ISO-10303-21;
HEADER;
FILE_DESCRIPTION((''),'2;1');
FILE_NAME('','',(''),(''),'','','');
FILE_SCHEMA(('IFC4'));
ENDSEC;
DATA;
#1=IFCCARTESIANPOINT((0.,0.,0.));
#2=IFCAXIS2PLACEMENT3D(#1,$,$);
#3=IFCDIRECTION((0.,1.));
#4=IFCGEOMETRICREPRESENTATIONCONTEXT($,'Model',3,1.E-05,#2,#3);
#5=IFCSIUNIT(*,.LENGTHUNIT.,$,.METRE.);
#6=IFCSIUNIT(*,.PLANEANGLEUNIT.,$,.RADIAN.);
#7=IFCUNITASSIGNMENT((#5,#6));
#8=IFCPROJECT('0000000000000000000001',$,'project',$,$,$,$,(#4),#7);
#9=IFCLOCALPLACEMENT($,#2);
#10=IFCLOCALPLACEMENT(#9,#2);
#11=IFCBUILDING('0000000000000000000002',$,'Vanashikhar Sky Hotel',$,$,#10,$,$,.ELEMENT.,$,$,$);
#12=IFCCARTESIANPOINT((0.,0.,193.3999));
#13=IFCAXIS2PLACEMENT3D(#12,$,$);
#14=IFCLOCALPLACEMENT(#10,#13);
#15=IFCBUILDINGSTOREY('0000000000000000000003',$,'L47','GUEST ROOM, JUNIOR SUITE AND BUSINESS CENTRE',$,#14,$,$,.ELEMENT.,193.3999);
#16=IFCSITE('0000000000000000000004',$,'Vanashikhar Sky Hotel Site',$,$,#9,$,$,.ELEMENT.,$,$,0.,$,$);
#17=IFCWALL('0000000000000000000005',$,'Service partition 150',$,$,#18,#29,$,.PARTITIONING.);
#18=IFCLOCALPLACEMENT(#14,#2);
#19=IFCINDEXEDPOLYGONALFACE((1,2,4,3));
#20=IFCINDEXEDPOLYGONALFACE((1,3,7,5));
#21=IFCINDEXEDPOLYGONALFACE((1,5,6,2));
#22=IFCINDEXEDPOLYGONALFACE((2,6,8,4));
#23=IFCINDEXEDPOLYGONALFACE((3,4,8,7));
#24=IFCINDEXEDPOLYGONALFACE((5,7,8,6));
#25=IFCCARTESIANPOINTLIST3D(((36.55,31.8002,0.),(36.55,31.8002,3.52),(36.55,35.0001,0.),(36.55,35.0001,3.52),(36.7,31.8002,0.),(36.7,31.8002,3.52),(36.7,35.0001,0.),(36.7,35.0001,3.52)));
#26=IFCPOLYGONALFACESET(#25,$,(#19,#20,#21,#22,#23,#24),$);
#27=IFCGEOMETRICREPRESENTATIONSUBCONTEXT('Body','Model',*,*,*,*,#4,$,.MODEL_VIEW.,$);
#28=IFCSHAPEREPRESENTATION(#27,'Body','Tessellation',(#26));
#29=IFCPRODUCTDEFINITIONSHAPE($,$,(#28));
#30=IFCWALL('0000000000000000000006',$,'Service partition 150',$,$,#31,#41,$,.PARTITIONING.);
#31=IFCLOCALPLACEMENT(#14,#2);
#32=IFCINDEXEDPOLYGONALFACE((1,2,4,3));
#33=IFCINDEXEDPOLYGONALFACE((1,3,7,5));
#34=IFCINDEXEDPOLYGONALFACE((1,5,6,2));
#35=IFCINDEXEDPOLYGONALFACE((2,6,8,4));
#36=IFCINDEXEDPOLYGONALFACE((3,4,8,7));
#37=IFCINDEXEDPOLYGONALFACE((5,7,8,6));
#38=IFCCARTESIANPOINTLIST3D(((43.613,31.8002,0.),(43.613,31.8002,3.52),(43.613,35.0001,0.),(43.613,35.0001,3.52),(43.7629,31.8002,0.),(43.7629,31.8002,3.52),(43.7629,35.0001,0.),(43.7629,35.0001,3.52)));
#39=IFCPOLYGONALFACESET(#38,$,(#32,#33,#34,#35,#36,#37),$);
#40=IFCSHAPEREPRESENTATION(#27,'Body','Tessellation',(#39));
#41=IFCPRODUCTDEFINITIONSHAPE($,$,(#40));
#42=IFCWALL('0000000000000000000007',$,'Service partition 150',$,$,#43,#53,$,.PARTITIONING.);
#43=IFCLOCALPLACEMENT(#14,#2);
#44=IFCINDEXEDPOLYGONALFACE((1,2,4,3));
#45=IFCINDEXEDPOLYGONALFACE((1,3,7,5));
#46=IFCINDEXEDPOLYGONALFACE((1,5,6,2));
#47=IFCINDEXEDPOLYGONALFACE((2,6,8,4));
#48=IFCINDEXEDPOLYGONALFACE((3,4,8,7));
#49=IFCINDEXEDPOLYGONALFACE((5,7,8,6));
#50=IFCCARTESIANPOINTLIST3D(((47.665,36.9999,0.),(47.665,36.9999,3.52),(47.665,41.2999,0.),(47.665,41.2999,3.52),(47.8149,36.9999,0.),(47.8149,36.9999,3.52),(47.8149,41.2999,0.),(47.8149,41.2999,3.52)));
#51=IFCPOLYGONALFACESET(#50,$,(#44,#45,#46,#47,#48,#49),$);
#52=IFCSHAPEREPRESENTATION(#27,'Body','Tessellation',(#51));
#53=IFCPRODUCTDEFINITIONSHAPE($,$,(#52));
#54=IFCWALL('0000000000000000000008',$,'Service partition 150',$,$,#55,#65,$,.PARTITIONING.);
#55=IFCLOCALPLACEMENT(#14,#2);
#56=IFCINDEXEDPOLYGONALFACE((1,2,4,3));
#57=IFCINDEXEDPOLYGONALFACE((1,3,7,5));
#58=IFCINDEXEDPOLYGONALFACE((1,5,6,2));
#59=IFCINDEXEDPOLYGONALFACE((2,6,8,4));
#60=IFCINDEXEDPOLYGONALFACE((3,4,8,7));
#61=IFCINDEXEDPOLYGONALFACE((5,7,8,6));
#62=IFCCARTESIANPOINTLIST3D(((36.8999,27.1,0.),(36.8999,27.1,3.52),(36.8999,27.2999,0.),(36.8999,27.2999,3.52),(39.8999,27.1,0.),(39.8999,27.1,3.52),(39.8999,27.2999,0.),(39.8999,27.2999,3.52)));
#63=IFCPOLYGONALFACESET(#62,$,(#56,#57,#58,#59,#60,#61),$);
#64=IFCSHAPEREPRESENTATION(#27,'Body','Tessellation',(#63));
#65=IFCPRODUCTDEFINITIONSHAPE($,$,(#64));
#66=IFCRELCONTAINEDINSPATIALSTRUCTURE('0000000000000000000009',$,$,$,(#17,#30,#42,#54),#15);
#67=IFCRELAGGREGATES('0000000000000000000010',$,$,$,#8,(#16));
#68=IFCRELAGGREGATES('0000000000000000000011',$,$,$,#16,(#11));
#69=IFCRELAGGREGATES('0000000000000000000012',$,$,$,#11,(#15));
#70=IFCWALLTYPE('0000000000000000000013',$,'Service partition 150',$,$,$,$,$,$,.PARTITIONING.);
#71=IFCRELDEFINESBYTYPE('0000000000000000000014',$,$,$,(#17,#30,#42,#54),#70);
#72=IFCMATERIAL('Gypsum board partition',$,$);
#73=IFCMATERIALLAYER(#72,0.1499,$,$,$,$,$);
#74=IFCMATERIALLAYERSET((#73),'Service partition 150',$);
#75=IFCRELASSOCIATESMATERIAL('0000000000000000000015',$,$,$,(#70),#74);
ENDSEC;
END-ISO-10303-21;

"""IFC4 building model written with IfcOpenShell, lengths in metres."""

from ifc_helpers import new_model, si_unit, direction, frame, frame_2d, origin, place, context, subcontext, project, spatial, rectangle, extrude, source, transform, mapped, material, layer, layer_set, type_object, element, save


model = new_model("IFC4")

# Units and contexts
model_context = context("Model", 3, precision=1e-05, world=origin(), true_north=direction((0.0, 1.0)))
body_context = subcontext(model_context, "Body", "Model", "MODEL_VIEW")
ifc_project = project(units=[si_unit("LENGTHUNIT", "METRE"), si_unit("PLANEANGLEUNIT", "RADIAN")], contexts=[model_context])

# Site, building, storey
site_placement = place(None, origin())
site = spatial("IfcSite", under=ifc_project, at=site_placement, Name="Vanashikhar Sky Hotel Site", CompositionType="ELEMENT", RefElevation=0.0)
building_placement = place(site_placement, origin())
building = spatial("IfcBuilding", under=site, at=building_placement, Name="Vanashikhar Sky Hotel", CompositionType="ELEMENT")
storey_placement = place(building_placement, frame((0.0, 0.0, 193.3999)))
storey = spatial("IfcBuildingStorey", under=building, at=storey_placement, Name="L47", Description="GUEST ROOM, JUNIOR SUITE AND BUSINESS CENTRE", CompositionType="ELEMENT", Elevation=193.3999)

# Shared definitions
ifc_material_1 = material(Name="Gypsum board partition")
ifc_layer_1 = layer(ifc_material_1, 0.1499)
ifc_layer_set_1 = layer_set([ifc_layer_1], Name="Service partition 150")
wall_type_1 = type_object("IfcWallType", Name="Service partition 150", PredefinedType="PARTITIONING", material=ifc_layer_set_1)

# Walls
shared_shape_1 = source(origin(), body_context, "Body", "SweptSolid", [
    extrude(rectangle(XDim=3.2, YDim=0.1499, at=frame_2d((1.6001, 0.0))), origin(), (0.0, 0.0, 1.0), 3.52),
])
for number, where, z_axis, x_axis, name in (
    (1, (36.625, 31.8, 0.0), (0.0, 0.0, 1.0), (0.0, 1.0, 0.0), "Service partition 150"),
    (2, (43.688, 31.8, 0.0), (0.0, 0.0, 1.0), (0.0, 1.0, 0.0), "Service partition 150"),
):
    element("IfcWall", number, at=place(storey_placement, frame(where, z_axis=z_axis, x_axis=x_axis)), inside=storey, type_object=wall_type_1, Name=name, PredefinedType="PARTITIONING", context=body_context, shape_type="MappedRepresentation", body=[
        mapped(shared_shape_1, transform((0.0, 0.0, 0.0), scale=1.0)),
    ])
shared_shape_2 = source(origin(), body_context, "Body", "SweptSolid", [
    extrude(rectangle(XDim=4.3, YDim=0.1499, at=frame_2d((2.1499, 0.0))), origin(), (0.0, 0.0, 1.0), 3.52),
])
wall_1_placement = place(storey_placement, frame((47.74, 37.0, 0.0), z_axis=(0.0, 0.0, 1.0), x_axis=(0.0, 1.0, 0.0)))
element("IfcWall", 3, at=wall_1_placement, inside=storey, type_object=wall_type_1, Name="Service partition 150", PredefinedType="PARTITIONING", context=body_context, shape_type="MappedRepresentation", body=[
    mapped(shared_shape_2, transform((0.0, 0.0, 0.0), scale=1.0)),
])
shared_shape_3 = source(origin(), body_context, "Body", "SweptSolid", [
    extrude(rectangle(XDim=3.0, YDim=0.2, at=frame_2d((1.5, 0.0))), origin(), (0.0, 0.0, 1.0), 3.52),
])
wall_2_placement = place(storey_placement, frame((36.8999, 27.2, 0.0), z_axis=(0.0, 0.0, 1.0), x_axis=(1.0, 0.0, 0.0)))
element("IfcWall", 4, at=wall_2_placement, inside=storey, type_object=wall_type_1, Name="Service partition 150", PredefinedType="PARTITIONING", context=body_context, shape_type="MappedRepresentation", body=[
    mapped(shared_shape_3, transform((0.0, 0.0, 0.0), scale=1.0)),
])

save(model, "model.ifc")
